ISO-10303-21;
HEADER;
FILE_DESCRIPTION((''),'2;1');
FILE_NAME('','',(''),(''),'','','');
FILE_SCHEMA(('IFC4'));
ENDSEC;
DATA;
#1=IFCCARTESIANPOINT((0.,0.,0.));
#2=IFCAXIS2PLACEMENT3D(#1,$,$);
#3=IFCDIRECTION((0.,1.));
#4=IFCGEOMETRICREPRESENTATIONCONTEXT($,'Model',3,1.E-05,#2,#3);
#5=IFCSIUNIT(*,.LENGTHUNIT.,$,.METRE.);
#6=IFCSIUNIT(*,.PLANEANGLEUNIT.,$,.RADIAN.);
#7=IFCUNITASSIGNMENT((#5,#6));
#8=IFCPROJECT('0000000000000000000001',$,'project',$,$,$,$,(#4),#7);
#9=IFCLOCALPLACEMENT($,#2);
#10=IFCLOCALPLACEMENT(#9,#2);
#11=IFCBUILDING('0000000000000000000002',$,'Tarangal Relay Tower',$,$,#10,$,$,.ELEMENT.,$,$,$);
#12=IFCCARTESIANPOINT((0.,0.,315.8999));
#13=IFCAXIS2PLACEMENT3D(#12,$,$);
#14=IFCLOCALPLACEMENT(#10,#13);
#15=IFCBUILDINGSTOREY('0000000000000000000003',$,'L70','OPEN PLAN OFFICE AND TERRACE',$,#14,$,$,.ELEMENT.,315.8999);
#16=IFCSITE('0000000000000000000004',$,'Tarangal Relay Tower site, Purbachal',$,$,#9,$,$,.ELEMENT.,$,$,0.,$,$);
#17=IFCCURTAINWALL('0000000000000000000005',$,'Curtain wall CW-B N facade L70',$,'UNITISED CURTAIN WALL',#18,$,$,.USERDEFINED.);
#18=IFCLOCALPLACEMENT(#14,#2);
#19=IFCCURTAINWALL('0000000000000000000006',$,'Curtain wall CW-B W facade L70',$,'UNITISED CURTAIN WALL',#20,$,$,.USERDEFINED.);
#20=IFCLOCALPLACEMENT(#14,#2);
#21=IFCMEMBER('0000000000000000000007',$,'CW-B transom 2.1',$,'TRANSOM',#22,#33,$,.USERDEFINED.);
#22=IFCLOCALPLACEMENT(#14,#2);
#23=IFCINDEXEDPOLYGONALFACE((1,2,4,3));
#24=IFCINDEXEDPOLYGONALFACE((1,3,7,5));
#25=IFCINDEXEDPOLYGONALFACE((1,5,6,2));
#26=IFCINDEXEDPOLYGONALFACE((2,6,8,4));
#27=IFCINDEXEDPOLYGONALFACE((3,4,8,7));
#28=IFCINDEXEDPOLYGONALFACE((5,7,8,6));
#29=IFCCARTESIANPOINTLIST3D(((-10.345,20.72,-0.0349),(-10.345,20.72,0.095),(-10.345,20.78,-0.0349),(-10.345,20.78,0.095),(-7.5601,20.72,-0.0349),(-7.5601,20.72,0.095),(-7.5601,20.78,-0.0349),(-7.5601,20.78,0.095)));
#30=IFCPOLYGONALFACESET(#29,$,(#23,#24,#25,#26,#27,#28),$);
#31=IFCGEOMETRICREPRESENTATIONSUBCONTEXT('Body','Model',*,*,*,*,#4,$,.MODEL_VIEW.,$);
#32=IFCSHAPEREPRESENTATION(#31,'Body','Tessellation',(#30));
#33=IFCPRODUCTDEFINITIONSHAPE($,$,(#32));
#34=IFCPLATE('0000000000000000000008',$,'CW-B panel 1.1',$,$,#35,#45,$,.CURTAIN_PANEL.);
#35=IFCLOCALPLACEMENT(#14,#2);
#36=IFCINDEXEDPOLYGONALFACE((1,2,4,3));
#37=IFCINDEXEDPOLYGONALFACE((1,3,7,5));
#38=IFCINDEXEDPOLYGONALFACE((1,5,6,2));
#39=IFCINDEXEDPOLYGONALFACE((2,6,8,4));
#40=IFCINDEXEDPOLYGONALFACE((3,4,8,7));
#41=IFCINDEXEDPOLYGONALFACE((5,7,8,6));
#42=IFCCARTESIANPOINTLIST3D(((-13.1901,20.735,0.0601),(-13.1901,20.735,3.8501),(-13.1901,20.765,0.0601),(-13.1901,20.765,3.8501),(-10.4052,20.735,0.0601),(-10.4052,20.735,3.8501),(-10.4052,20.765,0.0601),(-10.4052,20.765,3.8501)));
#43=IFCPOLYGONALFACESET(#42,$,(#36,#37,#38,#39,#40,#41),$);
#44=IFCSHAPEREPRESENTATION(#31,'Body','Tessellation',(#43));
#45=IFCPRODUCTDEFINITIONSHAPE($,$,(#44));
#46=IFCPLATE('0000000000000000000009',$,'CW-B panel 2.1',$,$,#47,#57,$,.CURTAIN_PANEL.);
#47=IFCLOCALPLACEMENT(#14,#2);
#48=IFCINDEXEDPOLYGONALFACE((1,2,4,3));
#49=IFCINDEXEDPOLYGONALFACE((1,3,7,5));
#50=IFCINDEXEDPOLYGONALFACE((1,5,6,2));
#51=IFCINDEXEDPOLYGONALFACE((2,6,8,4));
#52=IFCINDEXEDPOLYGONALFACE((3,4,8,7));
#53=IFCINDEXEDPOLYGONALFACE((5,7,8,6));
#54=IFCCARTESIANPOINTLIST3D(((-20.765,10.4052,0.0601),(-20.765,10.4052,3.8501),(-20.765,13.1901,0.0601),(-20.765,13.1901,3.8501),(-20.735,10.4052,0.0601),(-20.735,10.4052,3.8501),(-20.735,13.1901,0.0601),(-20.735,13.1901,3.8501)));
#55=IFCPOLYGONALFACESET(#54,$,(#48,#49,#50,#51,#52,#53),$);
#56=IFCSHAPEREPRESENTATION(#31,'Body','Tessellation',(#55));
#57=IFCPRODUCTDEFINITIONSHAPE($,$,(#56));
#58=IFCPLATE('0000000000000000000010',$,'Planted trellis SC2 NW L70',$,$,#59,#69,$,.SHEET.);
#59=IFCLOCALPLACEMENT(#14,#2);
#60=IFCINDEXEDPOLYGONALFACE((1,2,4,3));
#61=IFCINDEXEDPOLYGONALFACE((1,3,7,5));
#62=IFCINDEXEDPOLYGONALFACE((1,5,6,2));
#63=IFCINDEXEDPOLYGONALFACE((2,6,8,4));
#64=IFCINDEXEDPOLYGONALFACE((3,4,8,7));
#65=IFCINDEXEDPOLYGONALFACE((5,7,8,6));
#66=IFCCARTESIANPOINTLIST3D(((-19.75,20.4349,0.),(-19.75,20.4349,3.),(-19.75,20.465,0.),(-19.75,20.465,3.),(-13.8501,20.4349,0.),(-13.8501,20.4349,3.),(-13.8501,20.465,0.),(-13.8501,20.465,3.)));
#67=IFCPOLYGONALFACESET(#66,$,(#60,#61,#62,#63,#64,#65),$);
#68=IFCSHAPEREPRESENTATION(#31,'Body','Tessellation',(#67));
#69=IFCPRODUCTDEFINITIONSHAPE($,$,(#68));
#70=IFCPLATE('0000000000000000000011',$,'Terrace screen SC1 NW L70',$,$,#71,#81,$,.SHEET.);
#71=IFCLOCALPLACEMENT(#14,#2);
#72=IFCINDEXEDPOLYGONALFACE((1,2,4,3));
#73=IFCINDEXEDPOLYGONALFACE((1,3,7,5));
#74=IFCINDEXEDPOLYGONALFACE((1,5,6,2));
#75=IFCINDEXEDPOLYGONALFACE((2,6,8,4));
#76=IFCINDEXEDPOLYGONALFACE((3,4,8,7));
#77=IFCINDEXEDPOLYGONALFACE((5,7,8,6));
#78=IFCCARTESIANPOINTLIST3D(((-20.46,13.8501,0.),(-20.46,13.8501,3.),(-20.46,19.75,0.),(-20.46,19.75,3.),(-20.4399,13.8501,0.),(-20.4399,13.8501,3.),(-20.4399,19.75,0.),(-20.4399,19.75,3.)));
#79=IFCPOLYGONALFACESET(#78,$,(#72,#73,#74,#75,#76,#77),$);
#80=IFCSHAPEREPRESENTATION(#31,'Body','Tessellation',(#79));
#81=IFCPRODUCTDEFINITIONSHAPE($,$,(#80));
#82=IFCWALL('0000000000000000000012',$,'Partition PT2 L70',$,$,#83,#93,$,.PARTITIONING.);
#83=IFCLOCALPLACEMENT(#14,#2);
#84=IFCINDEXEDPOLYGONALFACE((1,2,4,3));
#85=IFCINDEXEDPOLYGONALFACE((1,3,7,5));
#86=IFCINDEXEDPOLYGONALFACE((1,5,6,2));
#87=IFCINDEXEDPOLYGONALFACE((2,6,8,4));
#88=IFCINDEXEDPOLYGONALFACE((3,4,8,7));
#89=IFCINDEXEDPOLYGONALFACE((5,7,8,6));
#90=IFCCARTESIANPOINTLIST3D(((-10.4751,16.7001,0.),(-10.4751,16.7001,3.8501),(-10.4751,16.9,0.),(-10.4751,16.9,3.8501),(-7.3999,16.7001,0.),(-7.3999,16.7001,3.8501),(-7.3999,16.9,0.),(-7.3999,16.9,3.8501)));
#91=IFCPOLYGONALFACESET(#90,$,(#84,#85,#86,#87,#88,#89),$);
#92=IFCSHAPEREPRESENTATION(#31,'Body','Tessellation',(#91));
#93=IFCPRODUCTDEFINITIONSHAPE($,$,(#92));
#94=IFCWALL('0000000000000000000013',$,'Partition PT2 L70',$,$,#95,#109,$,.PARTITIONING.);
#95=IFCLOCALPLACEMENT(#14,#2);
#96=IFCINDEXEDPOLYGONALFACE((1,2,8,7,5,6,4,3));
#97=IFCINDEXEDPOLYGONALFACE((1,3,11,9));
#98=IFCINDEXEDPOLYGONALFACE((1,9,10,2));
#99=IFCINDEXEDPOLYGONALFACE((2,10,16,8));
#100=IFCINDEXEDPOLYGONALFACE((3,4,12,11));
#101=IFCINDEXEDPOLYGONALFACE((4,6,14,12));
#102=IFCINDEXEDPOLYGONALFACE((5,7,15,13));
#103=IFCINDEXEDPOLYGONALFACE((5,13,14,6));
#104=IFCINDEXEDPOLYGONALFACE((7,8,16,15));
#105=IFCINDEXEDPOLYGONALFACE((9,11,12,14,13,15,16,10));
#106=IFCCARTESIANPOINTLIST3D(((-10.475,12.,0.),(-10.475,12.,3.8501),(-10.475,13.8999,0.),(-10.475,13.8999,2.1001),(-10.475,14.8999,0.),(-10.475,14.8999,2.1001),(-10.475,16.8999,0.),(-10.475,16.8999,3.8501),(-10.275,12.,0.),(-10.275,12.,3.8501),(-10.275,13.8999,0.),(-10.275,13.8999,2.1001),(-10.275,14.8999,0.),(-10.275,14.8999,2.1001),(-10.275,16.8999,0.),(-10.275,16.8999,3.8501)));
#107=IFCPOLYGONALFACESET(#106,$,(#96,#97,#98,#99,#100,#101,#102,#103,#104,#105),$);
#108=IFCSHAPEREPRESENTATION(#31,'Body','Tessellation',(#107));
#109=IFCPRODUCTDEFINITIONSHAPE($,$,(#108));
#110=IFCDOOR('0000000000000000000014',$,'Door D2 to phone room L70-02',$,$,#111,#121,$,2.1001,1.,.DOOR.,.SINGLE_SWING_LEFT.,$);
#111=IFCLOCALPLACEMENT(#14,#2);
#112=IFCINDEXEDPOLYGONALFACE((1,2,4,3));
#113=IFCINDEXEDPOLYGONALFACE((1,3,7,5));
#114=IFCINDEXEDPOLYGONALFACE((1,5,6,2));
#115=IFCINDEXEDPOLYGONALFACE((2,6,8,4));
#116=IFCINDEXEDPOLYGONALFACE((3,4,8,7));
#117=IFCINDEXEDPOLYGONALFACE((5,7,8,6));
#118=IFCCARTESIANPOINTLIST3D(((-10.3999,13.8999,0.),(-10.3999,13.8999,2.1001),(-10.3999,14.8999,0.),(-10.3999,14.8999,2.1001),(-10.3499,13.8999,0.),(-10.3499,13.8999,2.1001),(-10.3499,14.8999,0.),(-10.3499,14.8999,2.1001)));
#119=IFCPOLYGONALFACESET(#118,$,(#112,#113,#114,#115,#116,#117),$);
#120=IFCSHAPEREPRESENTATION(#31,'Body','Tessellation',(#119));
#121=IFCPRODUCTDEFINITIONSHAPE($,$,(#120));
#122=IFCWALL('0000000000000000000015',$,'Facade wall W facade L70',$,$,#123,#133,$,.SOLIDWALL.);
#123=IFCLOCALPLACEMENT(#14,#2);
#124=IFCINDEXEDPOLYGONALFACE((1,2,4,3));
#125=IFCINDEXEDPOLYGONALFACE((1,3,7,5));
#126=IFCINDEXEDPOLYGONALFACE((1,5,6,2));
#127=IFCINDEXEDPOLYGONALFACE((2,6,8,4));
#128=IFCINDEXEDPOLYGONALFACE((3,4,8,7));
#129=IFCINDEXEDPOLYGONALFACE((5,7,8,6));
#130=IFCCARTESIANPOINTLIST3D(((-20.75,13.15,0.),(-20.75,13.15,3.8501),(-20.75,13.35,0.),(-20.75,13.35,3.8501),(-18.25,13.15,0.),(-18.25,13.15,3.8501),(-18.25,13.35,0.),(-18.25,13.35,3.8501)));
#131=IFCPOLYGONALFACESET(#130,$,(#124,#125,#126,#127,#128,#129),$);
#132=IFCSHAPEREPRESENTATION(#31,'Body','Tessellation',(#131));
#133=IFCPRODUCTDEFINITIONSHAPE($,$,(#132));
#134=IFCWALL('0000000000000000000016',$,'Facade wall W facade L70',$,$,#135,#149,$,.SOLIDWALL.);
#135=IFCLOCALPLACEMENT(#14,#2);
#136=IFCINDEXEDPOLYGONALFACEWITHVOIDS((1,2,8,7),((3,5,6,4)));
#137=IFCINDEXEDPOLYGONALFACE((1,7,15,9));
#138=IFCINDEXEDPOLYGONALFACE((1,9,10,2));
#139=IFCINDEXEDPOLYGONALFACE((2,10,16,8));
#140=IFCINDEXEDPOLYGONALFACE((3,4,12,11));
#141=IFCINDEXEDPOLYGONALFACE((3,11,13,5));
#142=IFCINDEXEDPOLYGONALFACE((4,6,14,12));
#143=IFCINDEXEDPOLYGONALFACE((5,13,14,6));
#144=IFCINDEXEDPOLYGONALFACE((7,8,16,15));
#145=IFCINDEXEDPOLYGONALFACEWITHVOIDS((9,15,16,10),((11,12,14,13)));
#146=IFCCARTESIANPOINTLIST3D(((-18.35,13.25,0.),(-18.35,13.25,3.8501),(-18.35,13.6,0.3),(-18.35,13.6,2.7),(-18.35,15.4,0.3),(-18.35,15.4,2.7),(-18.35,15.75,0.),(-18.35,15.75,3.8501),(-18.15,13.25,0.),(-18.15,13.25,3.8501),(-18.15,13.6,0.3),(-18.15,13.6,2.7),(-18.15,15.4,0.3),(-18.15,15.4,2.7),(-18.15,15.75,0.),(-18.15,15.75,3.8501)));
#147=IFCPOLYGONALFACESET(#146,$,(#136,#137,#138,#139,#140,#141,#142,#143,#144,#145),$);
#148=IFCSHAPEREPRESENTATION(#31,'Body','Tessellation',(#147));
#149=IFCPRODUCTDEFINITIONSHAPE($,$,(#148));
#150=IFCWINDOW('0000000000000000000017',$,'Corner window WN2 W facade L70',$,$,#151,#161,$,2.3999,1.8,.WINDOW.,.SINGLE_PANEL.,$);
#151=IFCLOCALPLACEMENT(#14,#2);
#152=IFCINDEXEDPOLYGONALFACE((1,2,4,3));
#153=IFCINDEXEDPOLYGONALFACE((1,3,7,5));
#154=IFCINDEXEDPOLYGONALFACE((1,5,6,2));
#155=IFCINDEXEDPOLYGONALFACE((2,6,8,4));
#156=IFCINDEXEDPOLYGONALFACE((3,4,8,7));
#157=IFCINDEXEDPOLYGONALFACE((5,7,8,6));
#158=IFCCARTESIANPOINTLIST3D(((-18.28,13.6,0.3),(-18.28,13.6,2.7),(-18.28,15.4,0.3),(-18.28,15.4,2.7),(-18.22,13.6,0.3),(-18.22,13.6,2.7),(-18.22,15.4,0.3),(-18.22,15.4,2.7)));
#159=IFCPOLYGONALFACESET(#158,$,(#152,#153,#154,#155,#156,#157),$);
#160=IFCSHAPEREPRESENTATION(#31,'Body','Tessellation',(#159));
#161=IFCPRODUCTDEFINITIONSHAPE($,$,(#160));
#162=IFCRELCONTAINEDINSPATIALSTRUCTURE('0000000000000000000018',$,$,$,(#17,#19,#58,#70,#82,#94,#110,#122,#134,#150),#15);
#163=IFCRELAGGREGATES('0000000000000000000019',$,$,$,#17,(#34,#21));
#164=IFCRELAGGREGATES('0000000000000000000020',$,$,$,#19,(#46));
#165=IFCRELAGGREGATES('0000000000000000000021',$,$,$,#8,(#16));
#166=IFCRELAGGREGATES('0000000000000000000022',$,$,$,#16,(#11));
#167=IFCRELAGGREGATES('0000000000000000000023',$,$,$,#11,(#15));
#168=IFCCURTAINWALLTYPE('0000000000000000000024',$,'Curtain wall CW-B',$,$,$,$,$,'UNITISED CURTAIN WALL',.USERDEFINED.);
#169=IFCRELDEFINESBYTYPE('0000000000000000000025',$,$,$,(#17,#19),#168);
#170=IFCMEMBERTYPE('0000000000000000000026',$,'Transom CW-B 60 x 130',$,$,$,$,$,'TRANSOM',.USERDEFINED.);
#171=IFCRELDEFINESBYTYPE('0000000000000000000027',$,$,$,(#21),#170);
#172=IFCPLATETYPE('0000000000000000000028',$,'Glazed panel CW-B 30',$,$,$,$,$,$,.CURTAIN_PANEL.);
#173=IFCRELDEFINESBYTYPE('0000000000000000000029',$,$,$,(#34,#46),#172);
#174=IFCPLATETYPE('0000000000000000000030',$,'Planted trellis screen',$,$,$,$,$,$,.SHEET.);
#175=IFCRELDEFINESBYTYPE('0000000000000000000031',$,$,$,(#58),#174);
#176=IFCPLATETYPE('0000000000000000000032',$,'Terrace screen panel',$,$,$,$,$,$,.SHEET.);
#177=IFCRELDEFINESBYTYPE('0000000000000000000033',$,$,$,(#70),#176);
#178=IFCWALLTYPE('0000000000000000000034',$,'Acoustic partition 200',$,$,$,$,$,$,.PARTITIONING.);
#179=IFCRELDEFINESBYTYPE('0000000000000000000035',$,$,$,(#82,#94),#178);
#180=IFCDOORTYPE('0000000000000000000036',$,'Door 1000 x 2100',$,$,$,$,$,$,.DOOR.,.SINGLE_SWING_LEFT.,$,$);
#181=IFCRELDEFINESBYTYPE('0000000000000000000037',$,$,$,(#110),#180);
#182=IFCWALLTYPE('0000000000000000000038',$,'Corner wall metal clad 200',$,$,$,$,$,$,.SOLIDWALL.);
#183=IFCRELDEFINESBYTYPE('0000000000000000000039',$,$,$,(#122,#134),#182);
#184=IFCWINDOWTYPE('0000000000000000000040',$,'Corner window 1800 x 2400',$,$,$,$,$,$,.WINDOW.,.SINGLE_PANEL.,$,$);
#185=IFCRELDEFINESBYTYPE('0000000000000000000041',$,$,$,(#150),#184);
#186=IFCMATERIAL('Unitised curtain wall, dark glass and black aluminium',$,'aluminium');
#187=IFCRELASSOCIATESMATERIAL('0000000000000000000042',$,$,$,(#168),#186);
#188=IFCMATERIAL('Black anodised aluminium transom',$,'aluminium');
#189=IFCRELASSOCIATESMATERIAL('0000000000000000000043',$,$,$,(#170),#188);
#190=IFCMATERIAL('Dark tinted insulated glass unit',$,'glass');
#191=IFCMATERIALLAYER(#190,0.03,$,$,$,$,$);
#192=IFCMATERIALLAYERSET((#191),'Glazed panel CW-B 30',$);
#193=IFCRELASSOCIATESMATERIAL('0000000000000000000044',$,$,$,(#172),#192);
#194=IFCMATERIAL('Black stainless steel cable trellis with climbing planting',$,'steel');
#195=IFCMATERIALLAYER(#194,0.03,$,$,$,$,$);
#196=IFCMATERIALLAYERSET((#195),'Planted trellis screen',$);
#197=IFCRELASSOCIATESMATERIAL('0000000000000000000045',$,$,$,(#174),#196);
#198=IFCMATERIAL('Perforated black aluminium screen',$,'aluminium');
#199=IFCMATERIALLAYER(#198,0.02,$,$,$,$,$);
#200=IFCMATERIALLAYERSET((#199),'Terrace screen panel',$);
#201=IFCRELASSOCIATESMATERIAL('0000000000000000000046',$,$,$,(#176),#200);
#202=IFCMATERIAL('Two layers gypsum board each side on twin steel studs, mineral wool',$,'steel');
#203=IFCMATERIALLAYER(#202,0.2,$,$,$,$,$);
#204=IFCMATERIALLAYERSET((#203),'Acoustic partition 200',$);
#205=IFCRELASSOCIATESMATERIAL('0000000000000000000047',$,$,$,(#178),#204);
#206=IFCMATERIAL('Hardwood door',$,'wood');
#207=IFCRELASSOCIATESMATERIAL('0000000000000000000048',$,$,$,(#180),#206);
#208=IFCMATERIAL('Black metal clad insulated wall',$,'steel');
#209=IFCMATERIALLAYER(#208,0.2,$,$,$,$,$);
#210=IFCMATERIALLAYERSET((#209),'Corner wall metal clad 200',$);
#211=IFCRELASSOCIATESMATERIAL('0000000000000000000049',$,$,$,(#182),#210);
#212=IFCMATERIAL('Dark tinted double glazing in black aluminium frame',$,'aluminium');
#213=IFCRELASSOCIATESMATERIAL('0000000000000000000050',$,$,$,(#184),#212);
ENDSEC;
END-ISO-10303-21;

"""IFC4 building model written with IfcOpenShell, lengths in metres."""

from ifc_helpers import new_model, si_unit, direction, frame, frame_2d, origin, origin_2d, place, context, subcontext, project, spatial, rectangle, extrude, material, layer, layer_set, material_profile, profile_set, type_object, element, fill, aggregate, save


model = new_model("IFC4")

# Units and contexts
model_context = context("Model", 3, precision=1e-05, world=origin(), true_north=direction((0.0, 1.0)))
body_context = subcontext(model_context, "Body", "Model", "MODEL_VIEW")
ifc_project = project(units=[si_unit("LENGTHUNIT", "METRE"), si_unit("PLANEANGLEUNIT", "RADIAN")], contexts=[model_context])

# Site, building, storey
site_placement = place(None, origin())
site = spatial("IfcSite", under=ifc_project, at=site_placement, Name="Tarangal Relay Tower site, Purbachal", CompositionType="ELEMENT", RefElevation=0.0)
building_placement = place(site_placement, origin())
building = spatial("IfcBuilding", under=site, at=building_placement, Name="Tarangal Relay Tower", CompositionType="ELEMENT")
storey_placement = place(building_placement, frame((0.0, 0.0, 315.8999)))
storey = spatial("IfcBuildingStorey", under=building, at=storey_placement, Name="L70", Description="OPEN PLAN OFFICE AND TERRACE", CompositionType="ELEMENT", Elevation=315.8999)

# Curtain wall
ifc_material_1 = material(Name="Unitised curtain wall, dark glass and black aluminium", Category="aluminium")
curtain_wall_type = type_object("IfcCurtainWallType", Name="Curtain wall CW-B", ElementType="UNITISED CURTAIN WALL", PredefinedType="USERDEFINED", material=ifc_material_1)
curtain_wall_1_placement = place(storey_placement, origin())
curtain_wall_1 = element("IfcCurtainWall", 1, at=curtain_wall_1_placement, inside=storey, type_object=curtain_wall_type, Name="Curtain wall CW-B N facade L70", ObjectType="UNITISED CURTAIN WALL", PredefinedType="USERDEFINED")

# Curtain wall
curtain_wall_2_placement = place(storey_placement, origin())
curtain_wall_2 = element("IfcCurtainWall", 2, at=curtain_wall_2_placement, inside=storey, type_object=curtain_wall_type, Name="Curtain wall CW-B W facade L70", ObjectType="UNITISED CURTAIN WALL", PredefinedType="USERDEFINED")

# Member
ifc_material_2 = material(Name="Black anodised aluminium transom", Category="aluminium")
ifc_material_profile_1 = material_profile(ifc_material_2, rectangle(XDim=0.0601, YDim=0.1299, at=origin_2d()), Name="CW-BT 60X130")
ifc_profile_set_1 = profile_set([ifc_material_profile_1], Name="Black anodised aluminium transom")
member_type_1 = type_object("IfcMemberType", Name="Transom CW-B 60 x 130", ElementType="TRANSOM", PredefinedType="USERDEFINED", material=ifc_profile_set_1)
member_1_placement = place(storey_placement, frame((-10.345, 20.75, 0.03), z_axis=(1.0, 0.0, 0.0), x_axis=(0.0, 1.0, 0.0)))
member_1 = element("IfcMember", 3, at=member_1_placement, type_object=member_type_1, Name="CW-B transom 2.1", ObjectType="TRANSOM", PredefinedType="USERDEFINED", context=body_context, shape_type="SweptSolid", body=[
    extrude(rectangle(XDim=0.0601, YDim=0.1299, at=origin_2d()), origin(), (0.0, 0.0, 1.0), 2.7849),
])

# Plates
ifc_material_3 = material(Name="Dark tinted insulated glass unit", Category="glass")
ifc_layer_1 = layer(ifc_material_3, 0.03)
ifc_layer_set_1 = layer_set([ifc_layer_1], Name="Glazed panel CW-B 30")
plate_type_1 = type_object("IfcPlateType", Name="Glazed panel CW-B 30", PredefinedType="CURTAIN_PANEL", material=ifc_layer_set_1)
plate_1_placement = place(storey_placement, frame((-11.7976, 20.75, 0.0601), z_axis=(0.0, 0.0, 1.0), x_axis=(1.0, 0.0, 0.0)))
plate_1 = element("IfcPlate", 4, at=plate_1_placement, type_object=plate_type_1, Name="CW-B panel 1.1", PredefinedType="CURTAIN_PANEL", context=body_context, shape_type="SweptSolid", body=[
    extrude(rectangle(XDim=2.7849, YDim=0.03, at=origin_2d()), origin(), (0.0, 0.0, 1.0), 3.79),
])
aggregate(curtain_wall_1, [plate_1, member_1])
plate_2_placement = place(storey_placement, frame((-20.75, 11.7976, 0.0601), z_axis=(0.0, 0.0, 1.0), x_axis=(0.0, 1.0, 0.0)))
plate_2 = element("IfcPlate", 5, at=plate_2_placement, type_object=plate_type_1, Name="CW-B panel 2.1", PredefinedType="CURTAIN_PANEL", context=body_context, shape_type="SweptSolid", body=[
    extrude(rectangle(XDim=2.7849, YDim=0.03, at=origin_2d()), origin(), (0.0, 0.0, 1.0), 3.79),
])
aggregate(curtain_wall_2, [plate_2])

# Plates
ifc_material_4 = material(Name="Black stainless steel cable trellis with climbing planting", Category="steel")
ifc_layer_2 = layer(ifc_material_4, 0.03)
ifc_layer_set_2 = layer_set([ifc_layer_2], Name="Planted trellis screen")
plate_type_2 = type_object("IfcPlateType", Name="Planted trellis screen", PredefinedType="SHEET", material=ifc_layer_set_2)
plate_3_placement = place(storey_placement, frame((-16.8, 20.45, 0.0), z_axis=(0.0, 0.0, 1.0), x_axis=(1.0, 0.0, 0.0)))
element("IfcPlate", 6, at=plate_3_placement, inside=storey, type_object=plate_type_2, Name="Planted trellis SC2 NW L70", PredefinedType="SHEET", context=body_context, shape_type="SweptSolid", body=[
    extrude(rectangle(XDim=5.8999, YDim=0.03, at=origin_2d()), origin(), (0.0, 0.0, 1.0), 3.0),
])
ifc_material_5 = material(Name="Perforated black aluminium screen", Category="aluminium")
ifc_layer_3 = layer(ifc_material_5, 0.02)
ifc_layer_set_3 = layer_set([ifc_layer_3], Name="Terrace screen panel")
plate_type_3 = type_object("IfcPlateType", Name="Terrace screen panel", PredefinedType="SHEET", material=ifc_layer_set_3)
plate_4_placement = place(storey_placement, frame((-20.45, 16.8, 0.0), z_axis=(0.0, 0.0, 1.0), x_axis=(0.0, 1.0, 0.0)))
element("IfcPlate", 7, at=plate_4_placement, inside=storey, type_object=plate_type_3, Name="Terrace screen SC1 NW L70", PredefinedType="SHEET", context=body_context, shape_type="SweptSolid", body=[
    extrude(rectangle(XDim=5.8999, YDim=0.02, at=origin_2d()), origin(), (0.0, 0.0, 1.0), 3.0),
])

# Wall
ifc_material_6 = material(Name="Two layers gypsum board each side on twin steel studs, mineral wool", Category="steel")
ifc_layer_4 = layer(ifc_material_6, 0.2)
ifc_layer_set_4 = layer_set([ifc_layer_4], Name="Acoustic partition 200")
wall_type_1 = type_object("IfcWallType", Name="Acoustic partition 200", PredefinedType="PARTITIONING", material=ifc_layer_set_4)
wall_1_placement = place(storey_placement, frame((-10.4751, 16.8, 0.0), z_axis=(0.0, 0.0, 1.0), x_axis=(1.0, 0.0, 0.0)))
element("IfcWall", 8, at=wall_1_placement, inside=storey, type_object=wall_type_1, Name="Partition PT2 L70", PredefinedType="PARTITIONING", context=body_context, shape_type="SweptSolid", body=[
    extrude(rectangle(XDim=3.0752, YDim=0.2, at=frame_2d((1.5376, 0.0))), origin(), (0.0, 0.0, 1.0), 3.8501),
])

# Wall, opening, door
wall_2_placement = place(storey_placement, frame((-10.375, 12.0, 0.0), z_axis=(0.0, 0.0, 1.0), x_axis=(0.0, 1.0, 0.0)))
wall_2 = element("IfcWall", 9, at=wall_2_placement, inside=storey, type_object=wall_type_1, Name="Partition PT2 L70", PredefinedType="PARTITIONING", context=body_context, shape_type="SweptSolid", body=[
    extrude(rectangle(XDim=4.8999, YDim=0.2, at=frame_2d((2.45, 0.0))), origin(), (0.0, 0.0, 1.0), 3.8501),
])
opening_1_placement = place(wall_2_placement, frame((1.8999, 0.0, 0.0)))
opening_1 = element("IfcOpeningElement", 10, at=opening_1_placement, cuts=wall_2, PredefinedType="OPENING", context=body_context, shape_type="SweptSolid", body=[
    extrude(rectangle(XDim=1.0, YDim=2.1001, at=frame_2d((0.5, 1.05))), frame((0.0, 0.1099, 0.0), z_axis=(0.0, -1.0, 0.0), x_axis=(1.0, 0.0, 0.0)), (0.0, 0.0, 1.0), 0.22),
])
ifc_material_7 = material(Name="Hardwood door", Category="wood")
door_type_1 = type_object("IfcDoorType", Name="Door 1000 x 2100", OperationType="SINGLE_SWING_LEFT", PredefinedType="DOOR", material=ifc_material_7)
door_1_placement = place(opening_1_placement, origin())
door_1 = element("IfcDoor", 11, at=door_1_placement, inside=storey, type_object=door_type_1, Name="Door D2 to phone room L70-02", OperationType="SINGLE_SWING_LEFT", OverallHeight=2.1001, OverallWidth=1.0, PredefinedType="DOOR", context=body_context, shape_type="SweptSolid", body=[
    extrude(rectangle(XDim=1.0, YDim=2.1001, at=frame_2d((0.5, 1.05))), frame((0.0, 0.0249, 0.0), z_axis=(0.0, -1.0, 0.0), x_axis=(1.0, 0.0, 0.0)), (0.0, 0.0, 1.0), 0.05),
])
fill(opening_1, door_1)

# Wall
ifc_material_8 = material(Name="Black metal clad insulated wall", Category="steel")
ifc_layer_5 = layer(ifc_material_8, 0.2)
ifc_layer_set_5 = layer_set([ifc_layer_5], Name="Corner wall metal clad 200")
wall_type_2 = type_object("IfcWallType", Name="Corner wall metal clad 200", PredefinedType="SOLIDWALL", material=ifc_layer_set_5)
wall_3_placement = place(storey_placement, frame((-20.75, 13.25, 0.0), z_axis=(0.0, 0.0, 1.0), x_axis=(1.0, 0.0, 0.0)))
element("IfcWall", 12, at=wall_3_placement, inside=storey, type_object=wall_type_2, Name="Facade wall W facade L70", PredefinedType="SOLIDWALL", context=body_context, shape_type="SweptSolid", body=[
    extrude(rectangle(XDim=2.5, YDim=0.2, at=frame_2d((1.25, 0.0))), origin(), (0.0, 0.0, 1.0), 3.8501),
])

# Wall, opening, window
wall_4_placement = place(storey_placement, frame((-18.25, 13.25, 0.0), z_axis=(0.0, 0.0, 1.0), x_axis=(0.0, 1.0, 0.0)))
wall_4 = element("IfcWall", 13, at=wall_4_placement, inside=storey, type_object=wall_type_2, Name="Facade wall W facade L70", PredefinedType="SOLIDWALL", context=body_context, shape_type="SweptSolid", body=[
    extrude(rectangle(XDim=2.5, YDim=0.2, at=frame_2d((1.25, 0.0))), origin(), (0.0, 0.0, 1.0), 3.8501),
])
opening_2_placement = place(wall_4_placement, frame((0.3501, 0.0, 0.3)))
opening_2 = element("IfcOpeningElement", 14, at=opening_2_placement, cuts=wall_4, PredefinedType="OPENING", context=body_context, shape_type="SweptSolid", body=[
    extrude(rectangle(XDim=1.8, YDim=2.3999, at=frame_2d((0.8999, 1.2))), frame((0.0, 0.1099, 0.0), z_axis=(0.0, -1.0, 0.0), x_axis=(1.0, 0.0, 0.0)), (0.0, 0.0, 1.0), 0.22),
])
ifc_material_9 = material(Name="Dark tinted double glazing in black aluminium frame", Category="aluminium")
window_type = type_object("IfcWindowType", Name="Corner window 1800 x 2400", PartitioningType="SINGLE_PANEL", PredefinedType="WINDOW", material=ifc_material_9)
window_1_placement = place(opening_2_placement, origin())
window_1 = element("IfcWindow", 15, at=window_1_placement, inside=storey, type_object=window_type, Name="Corner window WN2 W facade L70", OverallHeight=2.3999, OverallWidth=1.8, PartitioningType="SINGLE_PANEL", PredefinedType="WINDOW", context=body_context, shape_type="SweptSolid", body=[
    extrude(rectangle(XDim=1.8, YDim=2.3999, at=frame_2d((0.8999, 1.2))), frame((0.0, 0.03, 0.0), z_axis=(0.0, -1.0, 0.0), x_axis=(1.0, 0.0, 0.0)), (0.0, 0.0, 1.0), 0.0601),
])
fill(opening_2, window_1)

save(model, "model.ifc")
